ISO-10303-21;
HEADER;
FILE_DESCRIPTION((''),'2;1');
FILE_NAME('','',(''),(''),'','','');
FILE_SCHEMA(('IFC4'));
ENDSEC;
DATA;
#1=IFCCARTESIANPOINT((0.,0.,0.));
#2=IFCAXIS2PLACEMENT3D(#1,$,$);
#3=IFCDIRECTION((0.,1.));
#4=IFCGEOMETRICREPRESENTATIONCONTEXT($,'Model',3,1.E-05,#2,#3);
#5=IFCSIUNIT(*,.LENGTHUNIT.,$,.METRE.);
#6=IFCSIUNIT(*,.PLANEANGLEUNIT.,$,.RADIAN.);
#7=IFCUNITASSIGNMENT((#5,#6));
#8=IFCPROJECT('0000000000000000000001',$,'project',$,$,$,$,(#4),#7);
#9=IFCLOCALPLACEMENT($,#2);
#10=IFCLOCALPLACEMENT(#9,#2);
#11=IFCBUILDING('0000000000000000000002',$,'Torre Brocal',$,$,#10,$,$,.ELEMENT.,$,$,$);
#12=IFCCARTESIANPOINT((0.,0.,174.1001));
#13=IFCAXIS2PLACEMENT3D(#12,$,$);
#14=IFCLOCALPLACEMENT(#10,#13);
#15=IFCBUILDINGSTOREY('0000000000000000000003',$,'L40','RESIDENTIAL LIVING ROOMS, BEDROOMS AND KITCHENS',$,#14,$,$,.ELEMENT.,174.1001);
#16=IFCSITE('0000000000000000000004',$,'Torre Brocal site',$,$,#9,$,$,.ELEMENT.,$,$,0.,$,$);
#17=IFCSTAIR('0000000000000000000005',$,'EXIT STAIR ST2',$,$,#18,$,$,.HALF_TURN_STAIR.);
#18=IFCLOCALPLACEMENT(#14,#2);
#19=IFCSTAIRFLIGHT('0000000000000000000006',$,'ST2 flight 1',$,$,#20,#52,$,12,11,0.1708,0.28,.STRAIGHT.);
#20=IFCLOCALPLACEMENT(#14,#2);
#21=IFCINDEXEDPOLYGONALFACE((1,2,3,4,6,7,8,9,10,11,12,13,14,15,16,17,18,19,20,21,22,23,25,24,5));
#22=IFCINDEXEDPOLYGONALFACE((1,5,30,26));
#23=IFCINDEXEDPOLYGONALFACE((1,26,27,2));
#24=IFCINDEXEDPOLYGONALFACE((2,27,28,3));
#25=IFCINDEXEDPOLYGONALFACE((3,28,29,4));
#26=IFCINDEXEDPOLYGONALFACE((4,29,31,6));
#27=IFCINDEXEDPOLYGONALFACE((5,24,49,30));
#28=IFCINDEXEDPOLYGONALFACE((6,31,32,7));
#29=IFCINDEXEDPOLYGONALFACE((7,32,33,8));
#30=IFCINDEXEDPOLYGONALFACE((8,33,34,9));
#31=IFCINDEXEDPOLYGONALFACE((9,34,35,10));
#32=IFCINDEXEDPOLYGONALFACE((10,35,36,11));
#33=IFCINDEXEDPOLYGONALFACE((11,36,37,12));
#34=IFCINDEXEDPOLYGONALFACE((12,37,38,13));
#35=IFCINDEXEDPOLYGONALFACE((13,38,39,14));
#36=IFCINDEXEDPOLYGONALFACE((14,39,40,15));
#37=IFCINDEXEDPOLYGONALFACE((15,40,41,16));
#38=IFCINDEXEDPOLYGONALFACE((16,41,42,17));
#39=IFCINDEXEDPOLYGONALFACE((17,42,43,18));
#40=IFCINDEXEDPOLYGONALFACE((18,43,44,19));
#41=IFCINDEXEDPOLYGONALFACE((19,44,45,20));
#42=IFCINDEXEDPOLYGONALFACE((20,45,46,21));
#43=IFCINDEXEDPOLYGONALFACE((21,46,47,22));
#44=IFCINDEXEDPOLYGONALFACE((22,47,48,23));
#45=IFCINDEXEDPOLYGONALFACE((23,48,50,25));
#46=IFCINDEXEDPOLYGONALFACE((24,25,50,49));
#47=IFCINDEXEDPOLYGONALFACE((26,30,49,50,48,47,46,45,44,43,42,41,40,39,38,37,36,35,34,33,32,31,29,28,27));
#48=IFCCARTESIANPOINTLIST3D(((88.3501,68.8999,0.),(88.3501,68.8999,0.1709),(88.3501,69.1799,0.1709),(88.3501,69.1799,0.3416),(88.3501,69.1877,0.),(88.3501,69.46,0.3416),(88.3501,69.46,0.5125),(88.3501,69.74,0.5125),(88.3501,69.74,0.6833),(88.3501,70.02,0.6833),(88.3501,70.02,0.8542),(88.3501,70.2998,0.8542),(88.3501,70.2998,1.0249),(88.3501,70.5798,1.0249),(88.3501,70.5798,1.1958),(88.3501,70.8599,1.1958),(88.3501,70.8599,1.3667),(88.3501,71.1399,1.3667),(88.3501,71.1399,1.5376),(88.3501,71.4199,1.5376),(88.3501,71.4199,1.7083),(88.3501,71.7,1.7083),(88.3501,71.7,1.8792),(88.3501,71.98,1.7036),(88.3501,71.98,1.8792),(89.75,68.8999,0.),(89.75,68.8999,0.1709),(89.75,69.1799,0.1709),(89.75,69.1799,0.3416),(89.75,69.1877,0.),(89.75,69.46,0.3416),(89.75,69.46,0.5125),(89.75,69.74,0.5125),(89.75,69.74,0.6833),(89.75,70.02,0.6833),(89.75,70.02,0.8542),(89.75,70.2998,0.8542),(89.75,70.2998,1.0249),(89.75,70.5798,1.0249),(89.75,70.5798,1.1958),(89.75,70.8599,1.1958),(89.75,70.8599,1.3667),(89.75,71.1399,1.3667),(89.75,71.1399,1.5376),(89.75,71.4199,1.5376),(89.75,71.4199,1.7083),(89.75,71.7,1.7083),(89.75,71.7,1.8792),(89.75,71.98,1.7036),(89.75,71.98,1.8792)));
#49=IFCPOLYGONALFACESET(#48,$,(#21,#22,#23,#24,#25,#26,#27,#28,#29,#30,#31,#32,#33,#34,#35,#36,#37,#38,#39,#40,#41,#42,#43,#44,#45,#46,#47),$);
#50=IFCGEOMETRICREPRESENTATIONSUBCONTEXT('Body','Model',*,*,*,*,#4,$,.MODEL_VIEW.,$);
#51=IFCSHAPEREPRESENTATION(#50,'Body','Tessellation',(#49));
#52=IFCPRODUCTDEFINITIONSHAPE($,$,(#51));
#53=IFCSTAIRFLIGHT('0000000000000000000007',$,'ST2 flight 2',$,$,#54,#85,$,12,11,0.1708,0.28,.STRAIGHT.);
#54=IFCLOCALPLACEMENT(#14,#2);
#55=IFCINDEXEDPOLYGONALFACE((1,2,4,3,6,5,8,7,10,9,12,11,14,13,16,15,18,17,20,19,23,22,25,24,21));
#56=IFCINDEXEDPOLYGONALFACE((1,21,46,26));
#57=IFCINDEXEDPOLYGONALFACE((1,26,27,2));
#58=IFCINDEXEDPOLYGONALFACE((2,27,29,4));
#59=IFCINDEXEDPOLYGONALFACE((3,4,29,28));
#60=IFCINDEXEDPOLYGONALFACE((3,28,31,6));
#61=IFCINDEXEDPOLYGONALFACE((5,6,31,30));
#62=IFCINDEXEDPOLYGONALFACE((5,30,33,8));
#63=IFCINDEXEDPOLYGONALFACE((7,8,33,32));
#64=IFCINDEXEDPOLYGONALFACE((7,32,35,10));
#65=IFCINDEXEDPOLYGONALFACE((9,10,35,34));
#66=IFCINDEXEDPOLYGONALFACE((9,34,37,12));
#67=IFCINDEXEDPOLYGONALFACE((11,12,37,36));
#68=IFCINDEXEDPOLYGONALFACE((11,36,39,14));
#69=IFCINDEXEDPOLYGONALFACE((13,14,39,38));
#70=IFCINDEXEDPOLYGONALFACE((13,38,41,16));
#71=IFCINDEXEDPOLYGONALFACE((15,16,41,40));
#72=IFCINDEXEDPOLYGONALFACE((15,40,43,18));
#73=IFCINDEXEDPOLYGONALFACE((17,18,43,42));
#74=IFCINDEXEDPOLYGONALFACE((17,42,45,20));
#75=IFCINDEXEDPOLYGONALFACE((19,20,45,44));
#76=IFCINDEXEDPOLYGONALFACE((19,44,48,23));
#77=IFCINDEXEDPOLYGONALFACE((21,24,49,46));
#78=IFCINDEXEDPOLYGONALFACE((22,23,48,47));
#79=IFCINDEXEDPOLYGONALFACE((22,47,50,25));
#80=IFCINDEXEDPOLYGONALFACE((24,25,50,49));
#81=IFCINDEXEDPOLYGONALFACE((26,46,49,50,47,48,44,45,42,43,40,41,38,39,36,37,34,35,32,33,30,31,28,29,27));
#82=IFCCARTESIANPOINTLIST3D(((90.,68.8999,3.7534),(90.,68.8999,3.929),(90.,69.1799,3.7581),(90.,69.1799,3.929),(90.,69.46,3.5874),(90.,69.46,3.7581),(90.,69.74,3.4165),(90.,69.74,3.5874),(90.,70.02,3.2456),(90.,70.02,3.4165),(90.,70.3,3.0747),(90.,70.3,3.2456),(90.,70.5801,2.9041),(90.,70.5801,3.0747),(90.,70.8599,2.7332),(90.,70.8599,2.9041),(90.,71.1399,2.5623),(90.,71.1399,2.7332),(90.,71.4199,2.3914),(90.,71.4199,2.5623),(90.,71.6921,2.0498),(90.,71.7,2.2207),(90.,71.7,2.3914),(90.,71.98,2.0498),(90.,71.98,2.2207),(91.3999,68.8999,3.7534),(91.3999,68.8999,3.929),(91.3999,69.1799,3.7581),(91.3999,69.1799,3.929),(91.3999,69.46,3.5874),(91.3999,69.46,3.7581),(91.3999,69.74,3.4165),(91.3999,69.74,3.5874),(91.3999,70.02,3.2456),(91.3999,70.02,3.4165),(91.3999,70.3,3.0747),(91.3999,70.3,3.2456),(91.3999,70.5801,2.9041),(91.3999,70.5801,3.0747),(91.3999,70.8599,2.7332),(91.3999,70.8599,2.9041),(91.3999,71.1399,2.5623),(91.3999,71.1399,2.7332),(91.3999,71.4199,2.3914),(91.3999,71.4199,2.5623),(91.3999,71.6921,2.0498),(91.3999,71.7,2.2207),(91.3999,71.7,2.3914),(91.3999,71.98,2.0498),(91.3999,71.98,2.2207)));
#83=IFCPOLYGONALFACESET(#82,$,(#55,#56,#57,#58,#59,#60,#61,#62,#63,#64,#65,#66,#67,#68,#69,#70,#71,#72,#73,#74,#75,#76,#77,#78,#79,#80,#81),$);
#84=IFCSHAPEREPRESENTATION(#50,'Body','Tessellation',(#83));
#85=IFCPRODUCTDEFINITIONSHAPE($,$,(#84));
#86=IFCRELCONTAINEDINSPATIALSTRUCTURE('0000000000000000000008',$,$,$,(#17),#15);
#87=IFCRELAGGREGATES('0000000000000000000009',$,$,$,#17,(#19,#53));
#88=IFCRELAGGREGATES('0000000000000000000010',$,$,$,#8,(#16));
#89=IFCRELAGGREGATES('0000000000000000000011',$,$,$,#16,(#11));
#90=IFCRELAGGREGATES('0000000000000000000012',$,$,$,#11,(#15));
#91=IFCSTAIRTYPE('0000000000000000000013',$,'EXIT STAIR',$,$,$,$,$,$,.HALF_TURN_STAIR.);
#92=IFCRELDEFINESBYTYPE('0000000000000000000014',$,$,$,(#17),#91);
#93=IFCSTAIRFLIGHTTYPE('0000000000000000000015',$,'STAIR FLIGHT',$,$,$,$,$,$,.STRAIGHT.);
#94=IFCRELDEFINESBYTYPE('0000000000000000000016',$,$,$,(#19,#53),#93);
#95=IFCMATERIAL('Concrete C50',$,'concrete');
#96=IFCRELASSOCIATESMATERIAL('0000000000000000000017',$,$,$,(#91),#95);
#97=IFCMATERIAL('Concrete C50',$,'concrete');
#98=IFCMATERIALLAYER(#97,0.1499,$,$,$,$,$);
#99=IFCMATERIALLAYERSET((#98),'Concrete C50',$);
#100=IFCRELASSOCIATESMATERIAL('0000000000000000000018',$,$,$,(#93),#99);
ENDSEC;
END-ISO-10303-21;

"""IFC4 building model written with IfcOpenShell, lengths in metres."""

from ifc_helpers import new_model, si_unit, direction, frame, origin, place, context, subcontext, project, spatial, polyline, outline, extrude, material, layer, layer_set, type_object, element, aggregate, save


model = new_model("IFC4")

# Units and contexts
model_context = context("Model", 3, precision=1e-05, world=origin(), true_north=direction((0.0, 1.0)))
body_context = subcontext(model_context, "Body", "Model", "MODEL_VIEW")
ifc_project = project(units=[si_unit("LENGTHUNIT", "METRE"), si_unit("PLANEANGLEUNIT", "RADIAN")], contexts=[model_context])

# Site, building, storey
site_placement = place(None, origin())
site = spatial("IfcSite", under=ifc_project, at=site_placement, Name="Torre Brocal site", CompositionType="ELEMENT", RefElevation=0.0)
building_placement = place(site_placement, origin())
building = spatial("IfcBuilding", under=site, at=building_placement, Name="Torre Brocal", CompositionType="ELEMENT")
storey_placement = place(building_placement, frame((0.0, 0.0, 174.1001)))
storey = spatial("IfcBuildingStorey", under=building, at=storey_placement, Name="L40", Description="RESIDENTIAL LIVING ROOMS, BEDROOMS AND KITCHENS", CompositionType="ELEMENT", Elevation=174.1001)

# Stair, stair flights
ifc_material_1 = material(Name="Concrete C50", Category="concrete")
stair_type = type_object("IfcStairType", Name="EXIT STAIR", PredefinedType="HALF_TURN_STAIR", material=ifc_material_1)
stair_placement = place(storey_placement, origin())
stair = element("IfcStair", 1, at=stair_placement, inside=storey, type_object=stair_type, Name="EXIT STAIR ST2", PredefinedType="HALF_TURN_STAIR")
ifc_material_2 = material(Name="Concrete C50", Category="concrete")
ifc_layer_1 = layer(ifc_material_2, 0.1499)
ifc_layer_set_1 = layer_set([ifc_layer_1], Name="Concrete C50")
stair_flight_type = type_object("IfcStairFlightType", Name="STAIR FLIGHT", PredefinedType="STRAIGHT", material=ifc_layer_set_1)
stair_flight_1_placement = place(storey_placement, frame((89.05, 68.8999, 0.0), z_axis=(0.0, 0.0, 1.0), x_axis=(0.0, 1.0, 0.0)))
stair_flight_1 = element("IfcStairFlight", 2, at=stair_flight_1_placement, type_object=stair_flight_type, Name="ST2 flight 1", NumberOfRisers=12, NumberOfTreads=11, PredefinedType="STRAIGHT", RiserHeight=0.1708, TreadLength=0.28, context=body_context, shape_type="SweptSolid", body=[
    extrude(outline(polyline([(0.0, 0.0), (0.0, 0.1709), (0.28, 0.1709), (0.28, 0.3416), (0.5601, 0.3416), (0.5601, 0.5125), (0.8401, 0.5125), (0.8401, 0.6833), (1.1201, 0.6833), (1.1201, 0.8542), (1.3999, 0.8542), (1.3999, 1.0249), (1.6799, 1.0249), (1.6799, 1.1958), (1.96, 1.1958), (1.96, 1.3667), (2.24, 1.3667), (2.24, 1.5376), (2.52, 1.5376), (2.52, 1.7083), (2.8, 1.7083), (2.8, 1.8792), (3.0801, 1.8792), (3.0801, 2.05), (3.0801, 1.7036), (0.2878, 0.0), (0.0, 0.0)])), frame((0.0, 0.7, 0.0), z_axis=(0.0, -1.0, 0.0), x_axis=(1.0, 0.0, 0.0)), (0.0, 0.0, 1.0), 1.3999),
])
stair_flight_2_placement = place(storey_placement, frame((90.7, 71.98, 2.0498), z_axis=(0.0, 0.0, 1.0), x_axis=(0.0, -1.0, 0.0)))
stair_flight_2 = element("IfcStairFlight", 3, at=stair_flight_2_placement, type_object=stair_flight_type, Name="ST2 flight 2", NumberOfRisers=12, NumberOfTreads=11, PredefinedType="STRAIGHT", RiserHeight=0.1708, TreadLength=0.28, context=body_context, shape_type="SweptSolid", body=[
    extrude(outline(polyline([(0.0, 0.0), (0.0, 0.1709), (0.28, 0.1709), (0.28, 0.3416), (0.5601, 0.3416), (0.5601, 0.5125), (0.8401, 0.5125), (0.8401, 0.6833), (1.1201, 0.6833), (1.1201, 0.8542), (1.3999, 0.8542), (1.3999, 1.0249), (1.6799, 1.0249), (1.6799, 1.1958), (1.96, 1.1958), (1.96, 1.3667), (2.24, 1.3667), (2.24, 1.5376), (2.52, 1.5376), (2.52, 1.7083), (2.8, 1.7083), (2.8, 1.8792), (3.0801, 1.8792), (3.0801, 2.05), (3.0801, 1.7036), (0.2878, 0.0), (0.0, 0.0)])), frame((0.0, 0.7, 0.0), z_axis=(0.0, -1.0, 0.0), x_axis=(1.0, 0.0, 0.0)), (0.0, 0.0, 1.0), 1.3999),
])
aggregate(stair, [stair_flight_1, stair_flight_2])

save(model, "model.ifc")
